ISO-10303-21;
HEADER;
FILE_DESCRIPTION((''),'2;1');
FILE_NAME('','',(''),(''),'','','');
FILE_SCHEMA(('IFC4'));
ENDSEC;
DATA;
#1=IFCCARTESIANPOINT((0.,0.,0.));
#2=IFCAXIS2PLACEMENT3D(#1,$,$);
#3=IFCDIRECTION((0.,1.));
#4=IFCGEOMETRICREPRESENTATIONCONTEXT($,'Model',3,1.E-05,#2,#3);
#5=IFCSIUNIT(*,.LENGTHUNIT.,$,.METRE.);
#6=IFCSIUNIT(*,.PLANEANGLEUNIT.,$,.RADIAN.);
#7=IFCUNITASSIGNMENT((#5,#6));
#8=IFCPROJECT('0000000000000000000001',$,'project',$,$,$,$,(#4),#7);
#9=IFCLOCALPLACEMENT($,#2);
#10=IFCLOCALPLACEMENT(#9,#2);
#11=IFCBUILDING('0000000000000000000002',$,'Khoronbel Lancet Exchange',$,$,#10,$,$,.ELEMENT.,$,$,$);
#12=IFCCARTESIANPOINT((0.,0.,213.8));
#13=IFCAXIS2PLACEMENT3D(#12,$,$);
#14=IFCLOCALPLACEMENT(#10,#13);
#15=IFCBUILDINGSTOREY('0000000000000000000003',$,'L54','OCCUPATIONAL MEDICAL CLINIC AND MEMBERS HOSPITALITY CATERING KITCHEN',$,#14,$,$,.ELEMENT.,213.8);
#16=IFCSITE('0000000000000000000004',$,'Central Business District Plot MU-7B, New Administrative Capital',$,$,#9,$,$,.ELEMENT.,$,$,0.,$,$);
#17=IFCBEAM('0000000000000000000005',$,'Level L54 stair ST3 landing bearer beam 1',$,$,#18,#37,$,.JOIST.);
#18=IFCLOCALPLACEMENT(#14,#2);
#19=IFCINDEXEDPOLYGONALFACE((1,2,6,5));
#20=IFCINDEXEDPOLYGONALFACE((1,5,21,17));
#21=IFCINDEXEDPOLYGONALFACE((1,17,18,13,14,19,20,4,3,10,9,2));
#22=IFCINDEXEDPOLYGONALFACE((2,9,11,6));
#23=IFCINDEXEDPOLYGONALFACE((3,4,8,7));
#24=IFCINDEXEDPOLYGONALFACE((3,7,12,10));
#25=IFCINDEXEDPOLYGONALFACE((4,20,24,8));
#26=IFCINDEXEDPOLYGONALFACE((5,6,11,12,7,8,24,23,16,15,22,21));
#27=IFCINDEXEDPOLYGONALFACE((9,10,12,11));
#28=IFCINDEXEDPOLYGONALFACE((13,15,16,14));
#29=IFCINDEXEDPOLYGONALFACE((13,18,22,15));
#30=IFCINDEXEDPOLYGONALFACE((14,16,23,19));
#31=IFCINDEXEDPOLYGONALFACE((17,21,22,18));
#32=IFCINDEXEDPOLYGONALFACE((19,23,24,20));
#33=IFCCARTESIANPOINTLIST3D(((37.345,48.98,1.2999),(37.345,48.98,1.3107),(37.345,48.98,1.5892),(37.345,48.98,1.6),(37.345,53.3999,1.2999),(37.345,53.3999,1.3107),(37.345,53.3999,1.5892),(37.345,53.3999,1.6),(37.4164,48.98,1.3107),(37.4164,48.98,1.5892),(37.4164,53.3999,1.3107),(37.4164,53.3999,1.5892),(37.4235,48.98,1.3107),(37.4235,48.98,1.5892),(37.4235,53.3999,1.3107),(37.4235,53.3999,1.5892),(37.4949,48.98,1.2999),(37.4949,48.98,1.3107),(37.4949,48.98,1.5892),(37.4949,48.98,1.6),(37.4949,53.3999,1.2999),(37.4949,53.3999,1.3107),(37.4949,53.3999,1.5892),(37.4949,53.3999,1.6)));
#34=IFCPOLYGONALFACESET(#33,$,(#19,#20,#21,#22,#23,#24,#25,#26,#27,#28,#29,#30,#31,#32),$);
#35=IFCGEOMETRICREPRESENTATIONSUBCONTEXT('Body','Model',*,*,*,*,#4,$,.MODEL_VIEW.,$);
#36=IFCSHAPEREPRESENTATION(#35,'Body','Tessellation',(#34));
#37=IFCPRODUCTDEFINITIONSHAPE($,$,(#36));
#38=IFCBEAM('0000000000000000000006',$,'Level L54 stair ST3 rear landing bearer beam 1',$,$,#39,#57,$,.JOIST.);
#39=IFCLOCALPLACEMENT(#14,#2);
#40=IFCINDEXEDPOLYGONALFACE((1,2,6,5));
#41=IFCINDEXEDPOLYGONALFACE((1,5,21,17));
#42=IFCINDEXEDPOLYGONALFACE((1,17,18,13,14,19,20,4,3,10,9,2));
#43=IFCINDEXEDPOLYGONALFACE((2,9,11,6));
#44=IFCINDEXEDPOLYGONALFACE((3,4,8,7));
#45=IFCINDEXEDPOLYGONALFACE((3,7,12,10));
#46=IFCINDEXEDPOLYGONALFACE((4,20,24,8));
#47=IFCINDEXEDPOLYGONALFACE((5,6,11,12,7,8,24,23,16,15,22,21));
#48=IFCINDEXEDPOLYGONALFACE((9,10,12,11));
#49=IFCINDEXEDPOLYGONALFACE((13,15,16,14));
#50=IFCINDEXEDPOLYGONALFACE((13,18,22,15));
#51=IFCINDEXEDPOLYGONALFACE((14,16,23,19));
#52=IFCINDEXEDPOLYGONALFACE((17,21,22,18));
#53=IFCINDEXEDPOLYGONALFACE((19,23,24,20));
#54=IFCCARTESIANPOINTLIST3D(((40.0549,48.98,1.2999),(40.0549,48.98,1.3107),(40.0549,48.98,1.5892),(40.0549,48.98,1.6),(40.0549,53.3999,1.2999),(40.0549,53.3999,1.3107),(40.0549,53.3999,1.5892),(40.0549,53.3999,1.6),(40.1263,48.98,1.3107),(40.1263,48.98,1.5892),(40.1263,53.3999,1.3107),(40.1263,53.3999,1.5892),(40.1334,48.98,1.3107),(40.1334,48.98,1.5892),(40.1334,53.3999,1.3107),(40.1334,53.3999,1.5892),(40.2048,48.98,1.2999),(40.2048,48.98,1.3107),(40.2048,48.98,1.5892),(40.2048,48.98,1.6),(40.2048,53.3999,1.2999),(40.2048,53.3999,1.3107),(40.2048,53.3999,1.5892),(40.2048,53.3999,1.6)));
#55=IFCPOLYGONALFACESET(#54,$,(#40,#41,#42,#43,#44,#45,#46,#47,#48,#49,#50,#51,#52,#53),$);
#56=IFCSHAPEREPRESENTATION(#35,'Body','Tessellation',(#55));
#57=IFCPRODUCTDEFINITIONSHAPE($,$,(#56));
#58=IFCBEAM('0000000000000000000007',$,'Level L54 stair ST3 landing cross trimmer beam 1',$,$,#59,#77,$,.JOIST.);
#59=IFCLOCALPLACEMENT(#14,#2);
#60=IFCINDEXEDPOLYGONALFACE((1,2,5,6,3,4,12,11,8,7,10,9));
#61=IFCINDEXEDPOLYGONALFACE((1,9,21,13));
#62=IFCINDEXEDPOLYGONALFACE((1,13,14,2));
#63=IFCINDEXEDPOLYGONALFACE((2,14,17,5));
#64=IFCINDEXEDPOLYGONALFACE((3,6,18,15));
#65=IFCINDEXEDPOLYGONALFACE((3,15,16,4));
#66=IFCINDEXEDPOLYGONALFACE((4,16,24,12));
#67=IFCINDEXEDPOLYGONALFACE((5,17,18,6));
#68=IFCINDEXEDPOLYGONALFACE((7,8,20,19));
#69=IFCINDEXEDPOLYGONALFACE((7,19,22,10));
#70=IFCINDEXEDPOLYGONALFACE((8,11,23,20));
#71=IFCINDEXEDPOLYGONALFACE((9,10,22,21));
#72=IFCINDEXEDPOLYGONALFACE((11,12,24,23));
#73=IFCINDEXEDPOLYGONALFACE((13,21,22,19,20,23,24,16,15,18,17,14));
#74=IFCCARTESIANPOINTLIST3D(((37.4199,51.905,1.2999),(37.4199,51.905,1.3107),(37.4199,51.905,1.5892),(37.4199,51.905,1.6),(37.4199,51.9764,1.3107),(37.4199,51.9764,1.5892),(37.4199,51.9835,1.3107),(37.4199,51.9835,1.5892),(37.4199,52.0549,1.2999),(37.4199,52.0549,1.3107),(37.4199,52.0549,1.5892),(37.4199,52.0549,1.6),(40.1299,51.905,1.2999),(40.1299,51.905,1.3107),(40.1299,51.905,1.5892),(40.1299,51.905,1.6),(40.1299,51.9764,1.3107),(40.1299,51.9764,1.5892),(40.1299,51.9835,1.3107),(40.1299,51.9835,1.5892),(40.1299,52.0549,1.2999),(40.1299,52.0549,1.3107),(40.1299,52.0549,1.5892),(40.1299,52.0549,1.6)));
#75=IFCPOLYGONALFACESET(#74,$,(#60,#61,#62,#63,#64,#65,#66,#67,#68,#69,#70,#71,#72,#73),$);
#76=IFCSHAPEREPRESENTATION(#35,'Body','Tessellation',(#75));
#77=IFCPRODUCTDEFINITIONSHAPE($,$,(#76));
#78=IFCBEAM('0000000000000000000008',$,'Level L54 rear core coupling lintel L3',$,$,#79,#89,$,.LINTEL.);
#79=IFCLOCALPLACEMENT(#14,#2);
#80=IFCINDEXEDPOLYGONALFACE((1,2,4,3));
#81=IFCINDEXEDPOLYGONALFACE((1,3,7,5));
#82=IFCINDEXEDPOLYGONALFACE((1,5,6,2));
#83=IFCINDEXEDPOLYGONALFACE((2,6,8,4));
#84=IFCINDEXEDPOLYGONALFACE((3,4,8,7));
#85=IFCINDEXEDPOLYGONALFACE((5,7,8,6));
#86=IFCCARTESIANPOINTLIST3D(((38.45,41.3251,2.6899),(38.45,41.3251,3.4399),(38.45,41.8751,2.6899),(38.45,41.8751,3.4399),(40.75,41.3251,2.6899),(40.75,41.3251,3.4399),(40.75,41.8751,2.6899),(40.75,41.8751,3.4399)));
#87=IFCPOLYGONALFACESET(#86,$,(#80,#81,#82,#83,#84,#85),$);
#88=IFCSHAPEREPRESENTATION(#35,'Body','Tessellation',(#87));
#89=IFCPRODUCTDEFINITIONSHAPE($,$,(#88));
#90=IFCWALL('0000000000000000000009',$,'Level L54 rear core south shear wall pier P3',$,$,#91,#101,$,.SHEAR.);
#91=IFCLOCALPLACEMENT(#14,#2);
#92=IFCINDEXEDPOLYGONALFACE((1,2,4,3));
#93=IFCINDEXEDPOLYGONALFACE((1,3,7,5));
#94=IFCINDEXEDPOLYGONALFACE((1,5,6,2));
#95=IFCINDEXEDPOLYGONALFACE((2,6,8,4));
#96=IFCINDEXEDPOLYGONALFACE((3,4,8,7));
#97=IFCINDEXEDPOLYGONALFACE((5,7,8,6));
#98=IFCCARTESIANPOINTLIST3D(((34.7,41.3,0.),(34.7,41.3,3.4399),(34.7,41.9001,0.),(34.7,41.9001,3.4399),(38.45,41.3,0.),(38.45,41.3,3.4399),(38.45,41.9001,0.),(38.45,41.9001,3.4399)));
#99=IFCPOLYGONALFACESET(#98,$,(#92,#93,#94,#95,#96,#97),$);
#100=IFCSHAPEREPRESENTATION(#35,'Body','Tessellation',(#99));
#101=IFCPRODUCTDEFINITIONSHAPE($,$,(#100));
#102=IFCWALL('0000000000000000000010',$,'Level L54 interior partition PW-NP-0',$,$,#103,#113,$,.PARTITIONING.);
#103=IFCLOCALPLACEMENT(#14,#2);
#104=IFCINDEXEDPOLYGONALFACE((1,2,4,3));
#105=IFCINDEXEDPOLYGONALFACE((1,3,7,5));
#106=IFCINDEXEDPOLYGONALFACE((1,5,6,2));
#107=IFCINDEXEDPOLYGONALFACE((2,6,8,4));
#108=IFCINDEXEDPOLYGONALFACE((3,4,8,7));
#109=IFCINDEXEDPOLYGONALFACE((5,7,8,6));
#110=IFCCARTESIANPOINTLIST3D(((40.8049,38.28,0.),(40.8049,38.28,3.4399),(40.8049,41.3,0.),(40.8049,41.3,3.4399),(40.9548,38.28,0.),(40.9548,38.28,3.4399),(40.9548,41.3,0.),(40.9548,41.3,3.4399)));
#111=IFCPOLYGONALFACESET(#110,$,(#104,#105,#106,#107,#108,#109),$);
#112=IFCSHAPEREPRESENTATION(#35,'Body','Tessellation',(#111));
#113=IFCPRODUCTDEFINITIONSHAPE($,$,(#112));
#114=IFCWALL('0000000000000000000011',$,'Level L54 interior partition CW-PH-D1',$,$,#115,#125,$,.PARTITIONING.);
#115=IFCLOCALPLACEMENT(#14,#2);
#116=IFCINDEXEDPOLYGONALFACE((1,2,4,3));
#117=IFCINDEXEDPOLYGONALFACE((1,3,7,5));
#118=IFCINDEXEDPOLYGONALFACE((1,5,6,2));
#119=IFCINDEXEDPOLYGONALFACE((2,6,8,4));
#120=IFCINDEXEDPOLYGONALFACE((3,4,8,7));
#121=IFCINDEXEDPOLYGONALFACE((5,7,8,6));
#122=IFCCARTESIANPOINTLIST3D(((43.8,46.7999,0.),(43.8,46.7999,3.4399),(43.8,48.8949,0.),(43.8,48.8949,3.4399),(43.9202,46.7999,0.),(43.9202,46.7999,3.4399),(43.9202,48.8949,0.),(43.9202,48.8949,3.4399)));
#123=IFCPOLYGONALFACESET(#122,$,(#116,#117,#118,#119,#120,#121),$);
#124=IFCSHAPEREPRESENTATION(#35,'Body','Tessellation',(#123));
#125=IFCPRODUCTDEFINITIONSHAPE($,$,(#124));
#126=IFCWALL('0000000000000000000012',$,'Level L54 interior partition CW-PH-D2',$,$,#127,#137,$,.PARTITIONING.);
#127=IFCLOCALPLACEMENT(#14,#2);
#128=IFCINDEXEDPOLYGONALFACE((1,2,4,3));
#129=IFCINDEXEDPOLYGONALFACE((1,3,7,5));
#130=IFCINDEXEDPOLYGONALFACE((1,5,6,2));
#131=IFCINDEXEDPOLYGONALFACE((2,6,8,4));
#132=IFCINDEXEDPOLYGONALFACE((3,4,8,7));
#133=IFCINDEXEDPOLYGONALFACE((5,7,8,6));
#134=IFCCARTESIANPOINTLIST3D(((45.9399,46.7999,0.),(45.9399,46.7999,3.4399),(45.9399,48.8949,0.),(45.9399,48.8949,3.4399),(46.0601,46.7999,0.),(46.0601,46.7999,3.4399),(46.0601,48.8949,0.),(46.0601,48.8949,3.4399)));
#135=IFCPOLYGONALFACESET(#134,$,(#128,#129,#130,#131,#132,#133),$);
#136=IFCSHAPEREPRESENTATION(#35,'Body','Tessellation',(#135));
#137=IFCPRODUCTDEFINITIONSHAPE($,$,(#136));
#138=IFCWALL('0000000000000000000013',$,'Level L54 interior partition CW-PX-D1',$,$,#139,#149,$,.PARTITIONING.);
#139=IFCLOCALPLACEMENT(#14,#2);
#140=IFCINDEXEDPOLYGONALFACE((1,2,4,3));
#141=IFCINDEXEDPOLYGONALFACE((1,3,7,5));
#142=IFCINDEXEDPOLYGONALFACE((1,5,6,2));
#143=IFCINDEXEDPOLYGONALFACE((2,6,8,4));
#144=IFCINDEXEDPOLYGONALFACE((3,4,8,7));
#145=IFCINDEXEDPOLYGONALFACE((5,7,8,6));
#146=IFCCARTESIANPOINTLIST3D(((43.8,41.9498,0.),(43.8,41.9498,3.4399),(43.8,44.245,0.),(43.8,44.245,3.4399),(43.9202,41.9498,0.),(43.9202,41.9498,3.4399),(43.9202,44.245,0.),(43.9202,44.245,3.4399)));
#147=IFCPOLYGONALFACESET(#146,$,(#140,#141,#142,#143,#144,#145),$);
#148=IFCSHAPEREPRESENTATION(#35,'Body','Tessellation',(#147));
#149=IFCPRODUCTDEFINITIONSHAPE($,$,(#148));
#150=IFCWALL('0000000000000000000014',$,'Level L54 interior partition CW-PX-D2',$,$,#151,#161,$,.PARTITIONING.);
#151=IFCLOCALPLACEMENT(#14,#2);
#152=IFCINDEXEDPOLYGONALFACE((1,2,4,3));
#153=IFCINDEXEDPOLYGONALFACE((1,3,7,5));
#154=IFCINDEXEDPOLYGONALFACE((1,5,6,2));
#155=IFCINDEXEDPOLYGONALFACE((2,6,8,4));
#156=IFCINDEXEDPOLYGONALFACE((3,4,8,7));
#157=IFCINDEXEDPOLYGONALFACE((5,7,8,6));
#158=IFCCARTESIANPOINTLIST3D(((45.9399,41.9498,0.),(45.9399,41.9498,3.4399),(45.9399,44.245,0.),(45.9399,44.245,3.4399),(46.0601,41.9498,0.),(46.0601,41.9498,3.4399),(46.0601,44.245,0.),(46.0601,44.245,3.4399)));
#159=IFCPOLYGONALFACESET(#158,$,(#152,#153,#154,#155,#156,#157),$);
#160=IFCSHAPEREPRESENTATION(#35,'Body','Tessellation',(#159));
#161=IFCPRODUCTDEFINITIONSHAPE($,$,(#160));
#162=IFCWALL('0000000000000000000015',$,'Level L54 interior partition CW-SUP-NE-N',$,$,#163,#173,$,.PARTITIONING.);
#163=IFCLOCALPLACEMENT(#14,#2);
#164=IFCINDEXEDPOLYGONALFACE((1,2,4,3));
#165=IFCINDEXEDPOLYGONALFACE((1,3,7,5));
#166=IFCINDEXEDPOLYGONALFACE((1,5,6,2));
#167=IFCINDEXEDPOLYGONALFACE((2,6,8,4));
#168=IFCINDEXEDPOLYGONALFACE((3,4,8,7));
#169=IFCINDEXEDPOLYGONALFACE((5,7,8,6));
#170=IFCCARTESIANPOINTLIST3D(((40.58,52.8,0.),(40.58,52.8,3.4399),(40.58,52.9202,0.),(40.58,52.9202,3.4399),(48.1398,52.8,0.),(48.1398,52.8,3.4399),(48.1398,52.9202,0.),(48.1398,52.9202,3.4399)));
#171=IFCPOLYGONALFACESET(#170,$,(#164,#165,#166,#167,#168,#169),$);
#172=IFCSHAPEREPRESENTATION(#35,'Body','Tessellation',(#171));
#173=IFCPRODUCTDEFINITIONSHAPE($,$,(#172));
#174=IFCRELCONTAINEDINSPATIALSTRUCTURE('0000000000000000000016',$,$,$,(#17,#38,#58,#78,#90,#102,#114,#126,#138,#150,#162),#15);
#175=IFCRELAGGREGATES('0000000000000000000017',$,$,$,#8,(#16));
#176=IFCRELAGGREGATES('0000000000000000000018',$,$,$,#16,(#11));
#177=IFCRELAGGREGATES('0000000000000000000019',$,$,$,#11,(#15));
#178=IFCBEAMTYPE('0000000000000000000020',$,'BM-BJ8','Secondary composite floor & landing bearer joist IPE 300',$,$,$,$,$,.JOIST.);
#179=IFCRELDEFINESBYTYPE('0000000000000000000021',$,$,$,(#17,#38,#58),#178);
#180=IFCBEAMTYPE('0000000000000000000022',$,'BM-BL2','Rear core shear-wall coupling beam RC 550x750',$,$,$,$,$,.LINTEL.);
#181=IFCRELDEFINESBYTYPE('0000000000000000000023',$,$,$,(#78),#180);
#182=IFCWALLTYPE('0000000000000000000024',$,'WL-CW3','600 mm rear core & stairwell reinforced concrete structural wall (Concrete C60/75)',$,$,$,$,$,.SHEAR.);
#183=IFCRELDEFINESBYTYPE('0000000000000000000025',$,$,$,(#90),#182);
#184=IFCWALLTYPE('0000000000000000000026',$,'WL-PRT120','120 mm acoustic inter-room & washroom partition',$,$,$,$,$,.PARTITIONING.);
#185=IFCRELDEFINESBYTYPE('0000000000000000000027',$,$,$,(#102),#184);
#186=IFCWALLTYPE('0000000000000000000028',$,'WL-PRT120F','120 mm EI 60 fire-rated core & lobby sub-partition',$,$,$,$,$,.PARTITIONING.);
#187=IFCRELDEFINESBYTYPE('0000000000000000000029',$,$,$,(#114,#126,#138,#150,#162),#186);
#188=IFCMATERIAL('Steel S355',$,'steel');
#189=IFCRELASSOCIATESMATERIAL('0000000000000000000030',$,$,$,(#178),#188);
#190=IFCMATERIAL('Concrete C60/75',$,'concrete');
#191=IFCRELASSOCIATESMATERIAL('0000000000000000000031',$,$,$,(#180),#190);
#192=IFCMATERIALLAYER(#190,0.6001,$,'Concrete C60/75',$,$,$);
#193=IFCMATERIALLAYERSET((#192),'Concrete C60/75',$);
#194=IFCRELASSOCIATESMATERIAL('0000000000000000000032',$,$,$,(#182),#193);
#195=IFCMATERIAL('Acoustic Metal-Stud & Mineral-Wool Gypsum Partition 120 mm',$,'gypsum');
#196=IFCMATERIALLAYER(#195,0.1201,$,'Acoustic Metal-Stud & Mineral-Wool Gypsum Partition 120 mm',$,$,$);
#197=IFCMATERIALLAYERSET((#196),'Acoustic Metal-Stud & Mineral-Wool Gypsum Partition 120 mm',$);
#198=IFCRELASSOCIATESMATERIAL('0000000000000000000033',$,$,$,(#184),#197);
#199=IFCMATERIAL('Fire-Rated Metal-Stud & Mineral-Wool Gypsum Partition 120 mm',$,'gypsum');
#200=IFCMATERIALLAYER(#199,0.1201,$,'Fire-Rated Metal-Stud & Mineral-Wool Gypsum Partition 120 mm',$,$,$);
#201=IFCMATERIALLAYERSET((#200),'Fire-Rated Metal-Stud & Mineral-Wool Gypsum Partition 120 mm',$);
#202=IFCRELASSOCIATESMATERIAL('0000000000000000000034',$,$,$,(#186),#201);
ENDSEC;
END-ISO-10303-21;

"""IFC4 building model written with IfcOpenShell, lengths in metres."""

from ifc_helpers import new_model, si_unit, direction, frame, frame_2d, origin, origin_2d, place, context, subcontext, project, spatial, rectangle, i_section, extrude, material, layer, layer_set, material_profile, profile_set, type_object, element, save


model = new_model("IFC4")

# Units and contexts
model_context = context("Model", 3, precision=1e-05, world=origin(), true_north=direction((0.0, 1.0)))
body_context = subcontext(model_context, "Body", "Model", "MODEL_VIEW")
ifc_project = project(units=[si_unit("LENGTHUNIT", "METRE"), si_unit("PLANEANGLEUNIT", "RADIAN")], contexts=[model_context])

# Site, building, storey
site_placement = place(None, origin())
site = spatial("IfcSite", under=ifc_project, at=site_placement, Name="Central Business District Plot MU-7B, New Administrative Capital", CompositionType="ELEMENT", RefElevation=0.0)
building_placement = place(site_placement, origin())
building = spatial("IfcBuilding", under=site, at=building_placement, Name="Khoronbel Lancet Exchange", CompositionType="ELEMENT")
storey_placement = place(building_placement, frame((0.0, 0.0, 213.8)))
storey = spatial("IfcBuildingStorey", under=building, at=storey_placement, Name="L54", Description="OCCUPATIONAL MEDICAL CLINIC AND MEMBERS HOSPITALITY CATERING KITCHEN", CompositionType="ELEMENT", Elevation=213.8)

# Beams
ifc_material_1 = material(Name="Steel S355", Category="steel")
ifc_material_profile_1 = material_profile(ifc_material_1, i_section(OverallWidth=0.1499, OverallDepth=0.3, WebThickness=0.0071, FlangeThickness=0.0107, at=origin_2d()), Name="IPE 300")
ifc_profile_set_1 = profile_set([ifc_material_profile_1], Name="Steel S355")
beam_type_1 = type_object("IfcBeamType", Name="BM-BJ8", Description="Secondary composite floor & landing bearer joist IPE 300", PredefinedType="JOIST", material=ifc_profile_set_1)
for number, where, z_axis, x_axis, name in (
    (1, (37.4199, 48.98, 1.45), (0.0, 1.0, 0.0), (-1.0, 0.0, 0.0), "Level L54 stair ST3 landing bearer beam 1"),
    (2, (40.1299, 48.98, 1.45), (0.0, 1.0, 0.0), (-1.0, 0.0, 0.0), "Level L54 stair ST3 rear landing bearer beam 1"),
):
    element("IfcBeam", number, at=place(storey_placement, frame(where, z_axis=z_axis, x_axis=x_axis)), inside=storey, type_object=beam_type_1, Name=name, PredefinedType="JOIST", context=body_context, shape_type="SweptSolid", body=[
        extrude(i_section(OverallWidth=0.1499, OverallDepth=0.3, WebThickness=0.0071, FlangeThickness=0.0107, at=origin_2d()), origin(), (0.0, 0.0, 1.0), 4.4199),
    ])
beam_1_placement = place(storey_placement, frame((37.4199, 51.98, 1.45), z_axis=(1.0, 0.0, 0.0), x_axis=(0.0, 1.0, 0.0)))
element("IfcBeam", 3, at=beam_1_placement, inside=storey, type_object=beam_type_1, Name="Level L54 stair ST3 landing cross trimmer beam 1", PredefinedType="JOIST", context=body_context, shape_type="SweptSolid", body=[
    extrude(i_section(OverallWidth=0.1499, OverallDepth=0.3, WebThickness=0.0071, FlangeThickness=0.0107, at=origin_2d()), origin(), (0.0, 0.0, 1.0), 2.71),
])
ifc_material_2 = material(Name="Concrete C60/75", Category="concrete")
ifc_material_profile_2 = material_profile(ifc_material_2, rectangle(XDim=0.55, YDim=0.75, at=origin_2d()), Name="RC 550x750")
ifc_profile_set_2 = profile_set([ifc_material_profile_2], Name="Concrete C60/75")
beam_type_2 = type_object("IfcBeamType", Name="BM-BL2", Description="Rear core shear-wall coupling beam RC 550x750", PredefinedType="LINTEL", material=ifc_profile_set_2)
beam_2_placement = place(storey_placement, frame((38.45, 41.6001, 3.0649), z_axis=(1.0, 0.0, 0.0), x_axis=(0.0, 1.0, 0.0)))
element("IfcBeam", 4, at=beam_2_placement, inside=storey, type_object=beam_type_2, Name="Level L54 rear core coupling lintel L3", PredefinedType="LINTEL", context=body_context, shape_type="SweptSolid", body=[
    extrude(rectangle(XDim=0.55, YDim=0.75, at=origin_2d()), origin(), (0.0, 0.0, 1.0), 2.3),
])

# Walls
ifc_layer_1 = layer(ifc_material_2, 0.6001, Name="Concrete C60/75")
ifc_layer_set_1 = layer_set([ifc_layer_1], Name="Concrete C60/75")
wall_type_1 = type_object("IfcWallType", Name="WL-CW3", Description="600 mm rear core & stairwell reinforced concrete structural wall (Concrete C60/75)", PredefinedType="SHEAR", material=ifc_layer_set_1)
wall_1_placement = place(storey_placement, frame((38.45, 41.6001, 0.0), z_axis=(0.0, 0.0, 1.0), x_axis=(-1.0, 0.0, 0.0)))
element("IfcWall", 5, at=wall_1_placement, inside=storey, type_object=wall_type_1, Name="Level L54 rear core south shear wall pier P3", PredefinedType="SHEAR", context=body_context, shape_type="SweptSolid", body=[
    extrude(rectangle(XDim=3.75, YDim=0.6001, at=frame_2d((1.875, 0.0))), origin(), (0.0, 0.0, 1.0), 3.4399),
])
ifc_material_3 = material(Name="Acoustic Metal-Stud & Mineral-Wool Gypsum Partition 120 mm", Category="gypsum")
ifc_layer_2 = layer(ifc_material_3, 0.1201, Name="Acoustic Metal-Stud & Mineral-Wool Gypsum Partition 120 mm")
ifc_layer_set_2 = layer_set([ifc_layer_2], Name="Acoustic Metal-Stud & Mineral-Wool Gypsum Partition 120 mm")
wall_type_2 = type_object("IfcWallType", Name="WL-PRT120", Description="120 mm acoustic inter-room & washroom partition", PredefinedType="PARTITIONING", material=ifc_layer_set_2)
wall_2_placement = place(storey_placement, frame((40.8799, 38.28, 0.0), z_axis=(0.0, 0.0, 1.0), x_axis=(0.0, 1.0, 0.0)))
element("IfcWall", 6, at=wall_2_placement, inside=storey, type_object=wall_type_2, Name="Level L54 interior partition PW-NP-0", PredefinedType="PARTITIONING", context=body_context, shape_type="SweptSolid", body=[
    extrude(rectangle(XDim=3.02, YDim=0.1499, at=frame_2d((1.51, 0.0))), origin(), (0.0, 0.0, 1.0), 3.4399),
])
ifc_material_4 = material(Name="Fire-Rated Metal-Stud & Mineral-Wool Gypsum Partition 120 mm", Category="gypsum")
ifc_layer_3 = layer(ifc_material_4, 0.1201, Name="Fire-Rated Metal-Stud & Mineral-Wool Gypsum Partition 120 mm")
ifc_layer_set_3 = layer_set([ifc_layer_3], Name="Fire-Rated Metal-Stud & Mineral-Wool Gypsum Partition 120 mm")
wall_type_3 = type_object("IfcWallType", Name="WL-PRT120F", Description="120 mm EI 60 fire-rated core & lobby sub-partition", PredefinedType="PARTITIONING", material=ifc_layer_set_3)
for number, where, z_axis, x_axis, name in (
    (7, (43.8601, 46.8, 0.0), (0.0, 0.0, 1.0), (0.0, 1.0, 0.0), "Level L54 interior partition CW-PH-D1"),
    (8, (46.0, 46.8, 0.0), (0.0, 0.0, 1.0), (0.0, 1.0, 0.0), "Level L54 interior partition CW-PH-D2"),
):
    element("IfcWall", number, at=place(storey_placement, frame(where, z_axis=z_axis, x_axis=x_axis)), inside=storey, type_object=wall_type_3, Name=name, PredefinedType="PARTITIONING", context=body_context, shape_type="SweptSolid", body=[
        extrude(rectangle(XDim=2.095, YDim=0.1201, at=frame_2d((1.0474, 0.0))), origin(), (0.0, 0.0, 1.0), 3.4399),
    ])
for number, where, z_axis, x_axis, name in (
    (9, (43.8601, 41.95, 0.0), (0.0, 0.0, 1.0), (0.0, 1.0, 0.0), "Level L54 interior partition CW-PX-D1"),
    (10, (46.0, 41.95, 0.0), (0.0, 0.0, 1.0), (0.0, 1.0, 0.0), "Level L54 interior partition CW-PX-D2"),
):
    element("IfcWall", number, at=place(storey_placement, frame(where, z_axis=z_axis, x_axis=x_axis)), inside=storey, type_object=wall_type_3, Name=name, PredefinedType="PARTITIONING", context=body_context, shape_type="SweptSolid", body=[
        extrude(rectangle(XDim=2.2952, YDim=0.1201, at=frame_2d((1.1475, 0.0))), origin(), (0.0, 0.0, 1.0), 3.4399),
    ])
wall_3_placement = place(storey_placement, frame((40.5801, 52.8601, 0.0), z_axis=(0.0, 0.0, 1.0), x_axis=(1.0, 0.0, 0.0)))
element("IfcWall", 11, at=wall_3_placement, inside=storey, type_object=wall_type_3, Name="Level L54 interior partition CW-SUP-NE-N", PredefinedType="PARTITIONING", context=body_context, shape_type="SweptSolid", body=[
    extrude(rectangle(XDim=7.5598, YDim=0.1201, at=frame_2d((3.7798, 0.0))), origin(), (0.0, 0.0, 1.0), 3.4399),
])

save(model, "model.ifc")
